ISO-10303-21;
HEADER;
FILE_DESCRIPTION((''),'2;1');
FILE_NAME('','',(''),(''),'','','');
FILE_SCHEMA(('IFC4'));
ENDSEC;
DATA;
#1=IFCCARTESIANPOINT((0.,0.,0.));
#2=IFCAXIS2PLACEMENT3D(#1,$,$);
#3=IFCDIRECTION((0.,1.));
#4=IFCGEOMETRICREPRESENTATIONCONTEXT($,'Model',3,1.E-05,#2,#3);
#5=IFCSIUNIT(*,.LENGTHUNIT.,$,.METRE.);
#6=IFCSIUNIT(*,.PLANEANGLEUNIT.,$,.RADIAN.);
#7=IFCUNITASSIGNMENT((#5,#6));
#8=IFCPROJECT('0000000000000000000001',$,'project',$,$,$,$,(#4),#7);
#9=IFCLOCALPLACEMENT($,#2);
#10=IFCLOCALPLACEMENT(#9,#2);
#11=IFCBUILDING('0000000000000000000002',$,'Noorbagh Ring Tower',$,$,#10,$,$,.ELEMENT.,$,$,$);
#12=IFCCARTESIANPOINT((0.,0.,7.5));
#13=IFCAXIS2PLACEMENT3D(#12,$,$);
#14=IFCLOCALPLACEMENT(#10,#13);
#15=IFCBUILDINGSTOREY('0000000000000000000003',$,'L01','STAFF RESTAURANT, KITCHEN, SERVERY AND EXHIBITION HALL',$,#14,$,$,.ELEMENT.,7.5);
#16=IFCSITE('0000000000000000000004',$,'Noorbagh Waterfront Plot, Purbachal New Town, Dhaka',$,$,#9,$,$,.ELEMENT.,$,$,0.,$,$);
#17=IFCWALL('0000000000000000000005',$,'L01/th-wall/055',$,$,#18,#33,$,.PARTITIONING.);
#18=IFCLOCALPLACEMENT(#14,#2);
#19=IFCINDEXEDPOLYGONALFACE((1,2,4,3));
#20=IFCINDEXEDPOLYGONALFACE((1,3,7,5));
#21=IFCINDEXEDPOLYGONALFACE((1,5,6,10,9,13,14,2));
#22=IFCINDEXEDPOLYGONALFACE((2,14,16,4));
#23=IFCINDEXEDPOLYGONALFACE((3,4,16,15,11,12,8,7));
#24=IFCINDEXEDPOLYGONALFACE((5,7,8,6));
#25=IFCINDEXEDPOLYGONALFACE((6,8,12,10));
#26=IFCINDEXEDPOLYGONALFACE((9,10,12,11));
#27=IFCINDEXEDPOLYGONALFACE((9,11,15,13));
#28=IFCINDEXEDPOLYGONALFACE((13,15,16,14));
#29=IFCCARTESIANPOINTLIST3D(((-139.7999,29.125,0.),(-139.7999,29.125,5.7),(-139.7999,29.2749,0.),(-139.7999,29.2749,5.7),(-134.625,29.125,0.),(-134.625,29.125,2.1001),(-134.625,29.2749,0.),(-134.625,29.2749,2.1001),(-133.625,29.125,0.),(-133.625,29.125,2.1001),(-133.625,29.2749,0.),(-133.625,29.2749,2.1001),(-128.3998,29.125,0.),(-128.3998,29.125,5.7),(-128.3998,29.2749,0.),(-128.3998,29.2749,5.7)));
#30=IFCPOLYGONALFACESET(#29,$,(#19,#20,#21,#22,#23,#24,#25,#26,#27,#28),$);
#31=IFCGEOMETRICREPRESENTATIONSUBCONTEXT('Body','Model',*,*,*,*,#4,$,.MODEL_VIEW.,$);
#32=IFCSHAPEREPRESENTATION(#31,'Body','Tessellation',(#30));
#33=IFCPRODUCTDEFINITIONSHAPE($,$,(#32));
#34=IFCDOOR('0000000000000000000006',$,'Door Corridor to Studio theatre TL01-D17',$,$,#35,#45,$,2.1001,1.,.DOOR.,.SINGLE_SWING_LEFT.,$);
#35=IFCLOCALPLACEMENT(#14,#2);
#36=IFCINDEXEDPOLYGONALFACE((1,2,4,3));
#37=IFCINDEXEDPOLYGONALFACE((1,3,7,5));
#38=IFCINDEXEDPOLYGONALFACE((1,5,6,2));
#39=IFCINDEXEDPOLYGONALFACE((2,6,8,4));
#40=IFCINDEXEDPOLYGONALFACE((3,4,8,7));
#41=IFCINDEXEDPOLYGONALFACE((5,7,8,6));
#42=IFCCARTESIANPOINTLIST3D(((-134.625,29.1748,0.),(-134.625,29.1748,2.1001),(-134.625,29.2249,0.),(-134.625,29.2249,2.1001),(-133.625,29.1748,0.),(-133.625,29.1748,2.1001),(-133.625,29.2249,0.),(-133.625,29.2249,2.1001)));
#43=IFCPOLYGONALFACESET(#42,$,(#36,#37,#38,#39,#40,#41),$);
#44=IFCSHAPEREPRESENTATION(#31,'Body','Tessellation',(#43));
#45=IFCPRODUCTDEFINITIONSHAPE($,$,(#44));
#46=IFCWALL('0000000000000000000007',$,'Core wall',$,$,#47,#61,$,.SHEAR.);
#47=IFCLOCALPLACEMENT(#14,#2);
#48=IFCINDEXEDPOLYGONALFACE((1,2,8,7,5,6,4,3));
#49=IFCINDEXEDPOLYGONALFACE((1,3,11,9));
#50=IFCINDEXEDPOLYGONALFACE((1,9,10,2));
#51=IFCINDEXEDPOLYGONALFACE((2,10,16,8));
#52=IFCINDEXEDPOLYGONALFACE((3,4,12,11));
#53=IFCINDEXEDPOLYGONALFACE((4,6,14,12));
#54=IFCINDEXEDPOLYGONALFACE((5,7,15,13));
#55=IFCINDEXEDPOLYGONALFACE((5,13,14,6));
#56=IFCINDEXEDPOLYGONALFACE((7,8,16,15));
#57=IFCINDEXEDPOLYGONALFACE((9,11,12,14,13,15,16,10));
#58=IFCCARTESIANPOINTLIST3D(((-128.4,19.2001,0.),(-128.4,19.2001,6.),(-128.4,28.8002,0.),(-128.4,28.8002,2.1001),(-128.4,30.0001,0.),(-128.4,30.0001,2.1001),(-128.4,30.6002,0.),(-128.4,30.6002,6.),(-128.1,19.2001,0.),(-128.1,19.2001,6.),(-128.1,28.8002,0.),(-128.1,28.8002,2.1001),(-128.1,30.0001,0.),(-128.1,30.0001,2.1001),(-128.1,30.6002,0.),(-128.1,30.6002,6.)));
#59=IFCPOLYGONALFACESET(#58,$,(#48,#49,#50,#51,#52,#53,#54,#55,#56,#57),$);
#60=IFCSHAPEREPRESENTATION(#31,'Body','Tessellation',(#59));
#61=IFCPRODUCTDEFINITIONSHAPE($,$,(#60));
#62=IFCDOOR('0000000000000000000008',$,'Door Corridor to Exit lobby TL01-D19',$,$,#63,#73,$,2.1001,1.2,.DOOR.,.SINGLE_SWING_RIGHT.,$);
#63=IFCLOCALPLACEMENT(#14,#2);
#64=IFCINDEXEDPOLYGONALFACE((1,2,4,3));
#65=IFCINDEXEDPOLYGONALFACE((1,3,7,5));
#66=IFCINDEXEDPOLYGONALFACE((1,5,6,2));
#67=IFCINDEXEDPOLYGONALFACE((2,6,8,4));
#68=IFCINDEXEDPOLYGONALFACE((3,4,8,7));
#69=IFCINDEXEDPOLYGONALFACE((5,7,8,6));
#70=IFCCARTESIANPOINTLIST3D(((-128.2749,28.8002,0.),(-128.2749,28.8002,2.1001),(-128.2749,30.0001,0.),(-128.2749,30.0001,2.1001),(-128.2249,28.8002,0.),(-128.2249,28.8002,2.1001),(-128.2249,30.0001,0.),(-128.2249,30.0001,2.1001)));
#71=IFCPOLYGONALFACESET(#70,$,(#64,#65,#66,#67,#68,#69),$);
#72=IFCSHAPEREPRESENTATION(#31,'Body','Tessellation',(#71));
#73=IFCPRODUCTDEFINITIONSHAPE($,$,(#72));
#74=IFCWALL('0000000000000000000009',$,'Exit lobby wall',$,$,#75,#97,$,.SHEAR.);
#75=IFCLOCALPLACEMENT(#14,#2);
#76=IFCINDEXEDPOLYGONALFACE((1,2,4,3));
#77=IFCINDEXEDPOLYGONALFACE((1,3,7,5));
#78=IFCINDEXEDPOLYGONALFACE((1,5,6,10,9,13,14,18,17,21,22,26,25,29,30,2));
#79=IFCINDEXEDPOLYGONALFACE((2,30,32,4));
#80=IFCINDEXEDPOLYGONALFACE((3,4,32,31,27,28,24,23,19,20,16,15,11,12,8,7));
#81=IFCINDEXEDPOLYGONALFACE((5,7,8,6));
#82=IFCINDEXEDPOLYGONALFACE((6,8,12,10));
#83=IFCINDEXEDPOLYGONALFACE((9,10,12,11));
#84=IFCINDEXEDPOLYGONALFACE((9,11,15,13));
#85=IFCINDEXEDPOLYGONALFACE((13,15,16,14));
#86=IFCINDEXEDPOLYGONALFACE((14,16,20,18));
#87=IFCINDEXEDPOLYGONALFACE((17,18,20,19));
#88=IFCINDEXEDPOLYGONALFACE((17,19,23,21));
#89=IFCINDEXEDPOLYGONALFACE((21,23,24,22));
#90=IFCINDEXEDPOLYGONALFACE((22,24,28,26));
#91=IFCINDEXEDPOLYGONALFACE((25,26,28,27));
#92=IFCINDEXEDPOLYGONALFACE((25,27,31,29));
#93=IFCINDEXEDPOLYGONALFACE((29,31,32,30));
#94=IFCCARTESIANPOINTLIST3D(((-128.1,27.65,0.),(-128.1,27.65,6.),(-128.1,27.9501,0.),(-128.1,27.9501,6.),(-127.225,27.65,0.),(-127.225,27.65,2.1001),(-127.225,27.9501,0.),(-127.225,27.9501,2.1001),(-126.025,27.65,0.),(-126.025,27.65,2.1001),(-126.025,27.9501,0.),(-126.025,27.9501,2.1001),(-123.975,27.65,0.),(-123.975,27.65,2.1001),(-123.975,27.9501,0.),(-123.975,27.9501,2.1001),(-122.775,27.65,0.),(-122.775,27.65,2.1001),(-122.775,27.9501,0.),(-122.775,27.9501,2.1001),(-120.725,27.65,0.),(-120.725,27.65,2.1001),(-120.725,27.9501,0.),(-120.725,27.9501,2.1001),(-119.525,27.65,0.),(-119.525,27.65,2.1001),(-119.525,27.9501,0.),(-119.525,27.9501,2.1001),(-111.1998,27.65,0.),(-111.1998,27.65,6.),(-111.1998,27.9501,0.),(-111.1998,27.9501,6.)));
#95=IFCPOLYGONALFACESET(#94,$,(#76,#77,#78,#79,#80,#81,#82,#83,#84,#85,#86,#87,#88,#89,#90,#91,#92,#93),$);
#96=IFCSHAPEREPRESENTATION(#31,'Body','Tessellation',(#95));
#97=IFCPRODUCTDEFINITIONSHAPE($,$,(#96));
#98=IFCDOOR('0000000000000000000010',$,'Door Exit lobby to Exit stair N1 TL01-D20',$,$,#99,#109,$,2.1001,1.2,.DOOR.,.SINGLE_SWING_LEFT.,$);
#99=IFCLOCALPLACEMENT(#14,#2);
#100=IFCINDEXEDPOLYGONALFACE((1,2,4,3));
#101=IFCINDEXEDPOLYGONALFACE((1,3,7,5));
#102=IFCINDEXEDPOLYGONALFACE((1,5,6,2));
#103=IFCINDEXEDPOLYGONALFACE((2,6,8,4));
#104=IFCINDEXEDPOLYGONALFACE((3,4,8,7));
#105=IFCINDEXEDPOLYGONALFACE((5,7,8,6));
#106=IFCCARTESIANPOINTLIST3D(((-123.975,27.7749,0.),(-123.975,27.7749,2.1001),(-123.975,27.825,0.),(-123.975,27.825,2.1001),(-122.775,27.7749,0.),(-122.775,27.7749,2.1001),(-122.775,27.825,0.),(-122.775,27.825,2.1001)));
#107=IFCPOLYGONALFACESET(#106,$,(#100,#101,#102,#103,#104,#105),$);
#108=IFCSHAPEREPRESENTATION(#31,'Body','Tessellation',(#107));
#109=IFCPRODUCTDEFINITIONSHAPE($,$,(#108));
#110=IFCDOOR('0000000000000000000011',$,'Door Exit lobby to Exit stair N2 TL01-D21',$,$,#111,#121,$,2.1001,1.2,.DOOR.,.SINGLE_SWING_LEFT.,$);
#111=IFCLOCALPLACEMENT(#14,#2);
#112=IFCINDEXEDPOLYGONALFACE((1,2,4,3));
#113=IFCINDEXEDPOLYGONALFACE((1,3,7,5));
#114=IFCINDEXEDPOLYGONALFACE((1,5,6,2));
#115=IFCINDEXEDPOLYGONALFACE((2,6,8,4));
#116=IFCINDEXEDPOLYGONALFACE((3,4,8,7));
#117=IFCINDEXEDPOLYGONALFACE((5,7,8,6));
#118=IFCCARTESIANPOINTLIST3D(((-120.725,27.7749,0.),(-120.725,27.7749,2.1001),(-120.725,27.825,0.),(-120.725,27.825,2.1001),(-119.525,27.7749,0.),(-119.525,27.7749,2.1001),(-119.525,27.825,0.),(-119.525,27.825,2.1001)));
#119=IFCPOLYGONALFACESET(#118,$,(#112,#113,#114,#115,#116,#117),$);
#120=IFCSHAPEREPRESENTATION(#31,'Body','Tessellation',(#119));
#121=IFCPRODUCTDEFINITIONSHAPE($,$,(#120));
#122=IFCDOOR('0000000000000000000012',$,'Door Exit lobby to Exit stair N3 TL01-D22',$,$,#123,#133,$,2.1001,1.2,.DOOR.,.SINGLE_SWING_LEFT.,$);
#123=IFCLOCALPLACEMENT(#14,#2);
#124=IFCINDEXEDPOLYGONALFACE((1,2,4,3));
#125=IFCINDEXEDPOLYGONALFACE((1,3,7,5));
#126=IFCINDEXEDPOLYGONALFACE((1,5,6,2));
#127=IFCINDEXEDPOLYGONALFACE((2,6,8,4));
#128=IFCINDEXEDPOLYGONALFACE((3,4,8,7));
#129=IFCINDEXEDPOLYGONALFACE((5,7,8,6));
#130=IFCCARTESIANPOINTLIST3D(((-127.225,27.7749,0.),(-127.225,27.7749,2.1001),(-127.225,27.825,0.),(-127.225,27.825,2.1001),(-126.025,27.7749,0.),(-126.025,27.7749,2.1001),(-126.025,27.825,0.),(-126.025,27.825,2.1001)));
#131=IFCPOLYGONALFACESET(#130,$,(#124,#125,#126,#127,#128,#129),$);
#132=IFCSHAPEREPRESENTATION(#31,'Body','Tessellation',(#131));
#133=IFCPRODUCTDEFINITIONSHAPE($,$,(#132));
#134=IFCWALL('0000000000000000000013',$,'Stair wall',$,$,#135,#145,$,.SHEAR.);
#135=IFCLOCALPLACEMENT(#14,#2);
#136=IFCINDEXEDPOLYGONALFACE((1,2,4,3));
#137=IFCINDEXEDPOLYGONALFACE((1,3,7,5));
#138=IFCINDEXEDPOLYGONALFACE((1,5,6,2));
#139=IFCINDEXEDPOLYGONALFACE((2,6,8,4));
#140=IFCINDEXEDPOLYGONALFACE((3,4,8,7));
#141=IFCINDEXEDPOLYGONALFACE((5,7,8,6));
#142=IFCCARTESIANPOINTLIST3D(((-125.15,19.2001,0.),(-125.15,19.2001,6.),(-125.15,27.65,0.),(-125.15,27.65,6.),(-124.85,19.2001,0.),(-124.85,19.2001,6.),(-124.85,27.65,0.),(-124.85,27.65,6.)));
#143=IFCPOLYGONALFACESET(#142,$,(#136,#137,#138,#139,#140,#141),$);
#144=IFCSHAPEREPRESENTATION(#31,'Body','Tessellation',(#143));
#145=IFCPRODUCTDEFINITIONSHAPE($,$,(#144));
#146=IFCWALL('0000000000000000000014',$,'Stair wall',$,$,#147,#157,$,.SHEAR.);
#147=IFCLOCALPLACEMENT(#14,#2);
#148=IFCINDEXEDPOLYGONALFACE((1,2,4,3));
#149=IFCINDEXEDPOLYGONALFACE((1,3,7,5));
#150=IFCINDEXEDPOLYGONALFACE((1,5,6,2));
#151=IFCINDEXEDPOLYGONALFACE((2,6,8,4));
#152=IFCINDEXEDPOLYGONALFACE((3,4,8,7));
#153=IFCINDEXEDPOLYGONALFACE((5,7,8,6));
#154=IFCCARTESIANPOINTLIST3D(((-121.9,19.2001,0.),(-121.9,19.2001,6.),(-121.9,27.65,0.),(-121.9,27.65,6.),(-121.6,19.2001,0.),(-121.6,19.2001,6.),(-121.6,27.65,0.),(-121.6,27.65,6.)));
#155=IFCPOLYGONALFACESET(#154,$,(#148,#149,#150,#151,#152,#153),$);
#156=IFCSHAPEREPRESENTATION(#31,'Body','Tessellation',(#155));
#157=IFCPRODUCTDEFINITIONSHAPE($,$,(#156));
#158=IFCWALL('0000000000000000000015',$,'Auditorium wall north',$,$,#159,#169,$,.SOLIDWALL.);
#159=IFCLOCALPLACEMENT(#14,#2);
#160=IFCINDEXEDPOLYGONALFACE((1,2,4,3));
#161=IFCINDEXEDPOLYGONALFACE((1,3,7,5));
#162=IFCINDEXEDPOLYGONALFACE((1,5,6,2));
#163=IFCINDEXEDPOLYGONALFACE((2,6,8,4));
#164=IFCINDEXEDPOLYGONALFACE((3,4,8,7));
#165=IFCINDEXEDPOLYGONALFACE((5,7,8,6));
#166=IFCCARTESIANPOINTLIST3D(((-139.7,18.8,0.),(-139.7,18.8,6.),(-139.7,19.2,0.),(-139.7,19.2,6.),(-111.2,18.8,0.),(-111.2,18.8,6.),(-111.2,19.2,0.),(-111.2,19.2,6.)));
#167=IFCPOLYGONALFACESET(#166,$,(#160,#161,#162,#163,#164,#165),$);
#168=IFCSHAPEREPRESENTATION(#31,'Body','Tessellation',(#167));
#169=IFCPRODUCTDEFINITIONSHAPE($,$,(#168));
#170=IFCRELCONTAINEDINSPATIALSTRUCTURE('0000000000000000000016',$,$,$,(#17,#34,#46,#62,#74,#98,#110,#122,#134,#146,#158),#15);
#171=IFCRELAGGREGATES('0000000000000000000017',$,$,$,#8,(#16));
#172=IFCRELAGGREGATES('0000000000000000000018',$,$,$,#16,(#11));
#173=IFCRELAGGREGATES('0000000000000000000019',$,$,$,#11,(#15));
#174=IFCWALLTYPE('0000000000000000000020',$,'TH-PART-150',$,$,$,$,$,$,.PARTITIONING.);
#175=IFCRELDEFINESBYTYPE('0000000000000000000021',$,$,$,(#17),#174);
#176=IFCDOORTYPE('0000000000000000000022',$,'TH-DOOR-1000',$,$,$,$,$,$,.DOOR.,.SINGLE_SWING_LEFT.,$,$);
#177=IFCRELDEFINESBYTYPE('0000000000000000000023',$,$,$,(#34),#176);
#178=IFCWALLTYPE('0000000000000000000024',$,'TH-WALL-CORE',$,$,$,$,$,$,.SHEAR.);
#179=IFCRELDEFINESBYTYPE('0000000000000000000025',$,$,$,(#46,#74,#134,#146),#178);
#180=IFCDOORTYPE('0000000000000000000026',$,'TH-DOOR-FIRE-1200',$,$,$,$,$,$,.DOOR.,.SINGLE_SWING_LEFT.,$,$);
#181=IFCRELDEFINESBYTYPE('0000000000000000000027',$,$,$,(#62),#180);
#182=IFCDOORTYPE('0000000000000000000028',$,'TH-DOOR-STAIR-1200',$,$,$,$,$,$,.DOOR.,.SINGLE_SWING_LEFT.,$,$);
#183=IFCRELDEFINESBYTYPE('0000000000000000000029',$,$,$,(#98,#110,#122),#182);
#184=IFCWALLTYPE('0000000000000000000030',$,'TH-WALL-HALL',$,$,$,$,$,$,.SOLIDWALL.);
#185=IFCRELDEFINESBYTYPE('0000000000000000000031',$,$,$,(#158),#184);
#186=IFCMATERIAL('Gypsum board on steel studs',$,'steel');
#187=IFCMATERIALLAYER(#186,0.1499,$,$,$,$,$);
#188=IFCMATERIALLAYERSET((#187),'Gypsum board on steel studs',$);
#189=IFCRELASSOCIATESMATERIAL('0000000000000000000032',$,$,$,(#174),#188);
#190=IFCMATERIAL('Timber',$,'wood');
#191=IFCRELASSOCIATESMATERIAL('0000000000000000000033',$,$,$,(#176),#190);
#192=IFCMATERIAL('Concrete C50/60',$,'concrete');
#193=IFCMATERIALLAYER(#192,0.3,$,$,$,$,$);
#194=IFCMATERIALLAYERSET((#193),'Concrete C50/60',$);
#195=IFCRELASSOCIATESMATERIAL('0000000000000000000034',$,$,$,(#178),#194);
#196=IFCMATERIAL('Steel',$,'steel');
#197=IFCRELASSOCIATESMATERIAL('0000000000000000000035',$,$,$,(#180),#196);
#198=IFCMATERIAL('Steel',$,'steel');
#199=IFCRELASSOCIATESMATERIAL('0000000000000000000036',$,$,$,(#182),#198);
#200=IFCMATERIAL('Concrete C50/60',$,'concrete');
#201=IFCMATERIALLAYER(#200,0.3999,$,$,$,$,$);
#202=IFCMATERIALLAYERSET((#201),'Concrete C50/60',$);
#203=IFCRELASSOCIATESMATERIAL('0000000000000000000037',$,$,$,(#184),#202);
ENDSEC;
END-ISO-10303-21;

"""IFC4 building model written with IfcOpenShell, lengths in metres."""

from ifc_helpers import new_model, si_unit, direction, frame, frame_2d, origin, place, context, subcontext, project, spatial, rectangle, extrude, material, layer, layer_set, type_object, element, fill, save


model = new_model("IFC4")

# Units and contexts
model_context = context("Model", 3, precision=1e-05, world=origin(), true_north=direction((0.0, 1.0)))
body_context = subcontext(model_context, "Body", "Model", "MODEL_VIEW")
ifc_project = project(units=[si_unit("LENGTHUNIT", "METRE"), si_unit("PLANEANGLEUNIT", "RADIAN")], contexts=[model_context])

# Site, building, storey
site_placement = place(None, origin())
site = spatial("IfcSite", under=ifc_project, at=site_placement, Name="Noorbagh Waterfront Plot, Purbachal New Town, Dhaka", CompositionType="ELEMENT", RefElevation=0.0)
building_placement = place(site_placement, origin())
building = spatial("IfcBuilding", under=site, at=building_placement, Name="Noorbagh Ring Tower", CompositionType="ELEMENT")
storey_placement = place(building_placement, frame((0.0, 0.0, 7.5)))
storey = spatial("IfcBuildingStorey", under=building, at=storey_placement, Name="L01", Description="STAFF RESTAURANT, KITCHEN, SERVERY AND EXHIBITION HALL", CompositionType="ELEMENT", Elevation=7.5)

# Walls, openings, doors
ifc_material_1 = material(Name="Gypsum board on steel studs", Category="steel")
ifc_layer_1 = layer(ifc_material_1, 0.1499)
ifc_layer_set_1 = layer_set([ifc_layer_1], Name="Gypsum board on steel studs")
wall_type_1 = type_object("IfcWallType", Name="TH-PART-150", PredefinedType="PARTITIONING", material=ifc_layer_set_1)
wall_1_placement = place(storey_placement, frame((-139.8, 29.2, 0.0), z_axis=(0.0, 0.0, 1.0), x_axis=(1.0, 0.0, 0.0)))
wall_1 = element("IfcWall", 1, at=wall_1_placement, inside=storey, type_object=wall_type_1, Name="L01/th-wall/055", PredefinedType="PARTITIONING", context=body_context, shape_type="SweptSolid", body=[
    extrude(rectangle(XDim=11.4001, YDim=0.1499, at=frame_2d((5.7002, 0.0))), origin(), (0.0, 0.0, 1.0), 5.7),
])
opening_1_placement = place(wall_1_placement, frame((5.175, 0.0, 0.0)))
opening_1 = element("IfcOpeningElement", 2, at=opening_1_placement, cuts=wall_1, PredefinedType="OPENING", context=body_context, shape_type="SweptSolid", body=[
    extrude(rectangle(XDim=1.0, YDim=2.1001, at=frame_2d((0.5, 1.05))), frame((0.0, 0.085, 0.0), z_axis=(0.0, -1.0, 0.0), x_axis=(1.0, 0.0, 0.0)), (0.0, 0.0, 1.0), 0.1699),
])
ifc_material_2 = material(Name="Timber", Category="wood")
door_type_1 = type_object("IfcDoorType", Name="TH-DOOR-1000", OperationType="SINGLE_SWING_LEFT", PredefinedType="DOOR", material=ifc_material_2)
door_1_placement = place(opening_1_placement, origin())
door_1 = element("IfcDoor", 3, at=door_1_placement, inside=storey, type_object=door_type_1, Name="Door Corridor to Studio theatre TL01-D17", OperationType="SINGLE_SWING_LEFT", OverallHeight=2.1001, OverallWidth=1.0, PredefinedType="DOOR", context=body_context, shape_type="SweptSolid", body=[
    extrude(rectangle(XDim=1.0, YDim=2.1001, at=frame_2d((0.5, 1.05))), frame((0.0, 0.0249, 0.0), z_axis=(0.0, -1.0, 0.0), x_axis=(1.0, 0.0, 0.0)), (0.0, 0.0, 1.0), 0.05),
])
fill(opening_1, door_1)
ifc_material_3 = material(Name="Concrete C50/60", Category="concrete")
ifc_layer_2 = layer(ifc_material_3, 0.3)
ifc_layer_set_2 = layer_set([ifc_layer_2], Name="Concrete C50/60")
wall_type_2 = type_object("IfcWallType", Name="TH-WALL-CORE", PredefinedType="SHEAR", material=ifc_layer_set_2)
wall_2_placement = place(storey_placement, frame((-128.25, 19.2, 0.0), z_axis=(0.0, 0.0, 1.0), x_axis=(0.0, 1.0, 0.0)))
wall_2 = element("IfcWall", 4, at=wall_2_placement, inside=storey, type_object=wall_type_2, Name="Core wall", PredefinedType="SHEAR", context=body_context, shape_type="SweptSolid", body=[
    extrude(rectangle(XDim=11.4001, YDim=0.3, at=frame_2d((5.7002, 0.0))), origin(), (0.0, 0.0, 1.0), 6.0),
])
opening_2_placement = place(wall_2_placement, frame((9.6001, 0.0, 0.0)))
opening_2 = element("IfcOpeningElement", 5, at=opening_2_placement, cuts=wall_2, PredefinedType="OPENING", context=body_context, shape_type="SweptSolid", body=[
    extrude(rectangle(XDim=1.2, YDim=2.1001, at=frame_2d((0.6001, 1.05))), frame((0.0, 0.1602, 0.0), z_axis=(0.0, -1.0, 0.0), x_axis=(1.0, 0.0, 0.0)), (0.0, 0.0, 1.0), 0.3201),
])
ifc_material_4 = material(Name="Steel", Category="steel")
door_type_2 = type_object("IfcDoorType", Name="TH-DOOR-FIRE-1200", OperationType="SINGLE_SWING_LEFT", PredefinedType="DOOR", material=ifc_material_4)
door_2_placement = place(opening_2_placement, origin())
door_2 = element("IfcDoor", 6, at=door_2_placement, inside=storey, type_object=door_type_2, Name="Door Corridor to Exit lobby TL01-D19", OperationType="SINGLE_SWING_RIGHT", OverallHeight=2.1001, OverallWidth=1.2, PredefinedType="DOOR", context=body_context, shape_type="SweptSolid", body=[
    extrude(rectangle(XDim=1.2, YDim=2.1001, at=frame_2d((0.6001, 1.05))), frame((0.0, 0.0249, 0.0), z_axis=(0.0, -1.0, 0.0), x_axis=(1.0, 0.0, 0.0)), (0.0, 0.0, 1.0), 0.05),
])
fill(opening_2, door_2)

# Wall, openings, doors
wall_3_placement = place(storey_placement, frame((-128.1001, 27.8, 0.0), z_axis=(0.0, 0.0, 1.0), x_axis=(1.0, 0.0, 0.0)))
wall_3 = element("IfcWall", 7, at=wall_3_placement, inside=storey, type_object=wall_type_2, Name="Exit lobby wall", PredefinedType="SHEAR", context=body_context, shape_type="SweptSolid", body=[
    extrude(rectangle(XDim=16.9001, YDim=0.3, at=frame_2d((8.4502, 0.0))), origin(), (0.0, 0.0, 1.0), 6.0),
])
opening_3_placement = place(wall_3_placement, frame((4.125, 0.0, 0.0)))
opening_3 = element("IfcOpeningElement", 8, at=opening_3_placement, cuts=wall_3, PredefinedType="OPENING", context=body_context, shape_type="SweptSolid", body=[
    extrude(rectangle(XDim=1.2, YDim=2.1001, at=frame_2d((0.6001, 1.05))), frame((0.0, 0.1602, 0.0), z_axis=(0.0, -1.0, 0.0), x_axis=(1.0, 0.0, 0.0)), (0.0, 0.0, 1.0), 0.3201),
])
opening_4_placement = place(wall_3_placement, frame((7.375, 0.0, 0.0)))
opening_4 = element("IfcOpeningElement", 9, at=opening_4_placement, cuts=wall_3, PredefinedType="OPENING", context=body_context, shape_type="SweptSolid", body=[
    extrude(rectangle(XDim=1.2, YDim=2.1001, at=frame_2d((0.6001, 1.05))), frame((0.0, 0.1602, 0.0), z_axis=(0.0, -1.0, 0.0), x_axis=(1.0, 0.0, 0.0)), (0.0, 0.0, 1.0), 0.3201),
])
opening_5_placement = place(wall_3_placement, frame((0.875, 0.0, 0.0)))
opening_5 = element("IfcOpeningElement", 10, at=opening_5_placement, cuts=wall_3, PredefinedType="OPENING", context=body_context, shape_type="SweptSolid", body=[
    extrude(rectangle(XDim=1.2, YDim=2.1001, at=frame_2d((0.6001, 1.05))), frame((0.0, 0.1602, 0.0), z_axis=(0.0, -1.0, 0.0), x_axis=(1.0, 0.0, 0.0)), (0.0, 0.0, 1.0), 0.3201),
])
ifc_material_5 = material(Name="Steel", Category="steel")
door_type_3 = type_object("IfcDoorType", Name="TH-DOOR-STAIR-1200", OperationType="SINGLE_SWING_LEFT", PredefinedType="DOOR", material=ifc_material_5)
door_3_placement = place(opening_3_placement, origin())
door_3 = element("IfcDoor", 11, at=door_3_placement, inside=storey, type_object=door_type_3, Name="Door Exit lobby to Exit stair N1 TL01-D20", OperationType="SINGLE_SWING_LEFT", OverallHeight=2.1001, OverallWidth=1.2, PredefinedType="DOOR", context=body_context, shape_type="SweptSolid", body=[
    extrude(rectangle(XDim=1.2, YDim=2.1001, at=frame_2d((0.6001, 1.05))), frame((0.0, 0.0249, 0.0), z_axis=(0.0, -1.0, 0.0), x_axis=(1.0, 0.0, 0.0)), (0.0, 0.0, 1.0), 0.05),
])
fill(opening_3, door_3)
door_4_placement = place(opening_4_placement, origin())
door_4 = element("IfcDoor", 12, at=door_4_placement, inside=storey, type_object=door_type_3, Name="Door Exit lobby to Exit stair N2 TL01-D21", OperationType="SINGLE_SWING_LEFT", OverallHeight=2.1001, OverallWidth=1.2, PredefinedType="DOOR", context=body_context, shape_type="SweptSolid", body=[
    extrude(rectangle(XDim=1.2, YDim=2.1001, at=frame_2d((0.6001, 1.05))), frame((0.0, 0.0249, 0.0), z_axis=(0.0, -1.0, 0.0), x_axis=(1.0, 0.0, 0.0)), (0.0, 0.0, 1.0), 0.05),
])
fill(opening_4, door_4)
door_5_placement = place(opening_5_placement, origin())
door_5 = element("IfcDoor", 13, at=door_5_placement, inside=storey, type_object=door_type_3, Name="Door Exit lobby to Exit stair N3 TL01-D22", OperationType="SINGLE_SWING_LEFT", OverallHeight=2.1001, OverallWidth=1.2, PredefinedType="DOOR", context=body_context, shape_type="SweptSolid", body=[
    extrude(rectangle(XDim=1.2, YDim=2.1001, at=frame_2d((0.6001, 1.05))), frame((0.0, 0.0249, 0.0), z_axis=(0.0, -1.0, 0.0), x_axis=(1.0, 0.0, 0.0)), (0.0, 0.0, 1.0), 0.05),
])
fill(opening_5, door_5)

# Walls
for number, where, z_axis, x_axis, name in (
    (14, (-125.0, 19.2, 0.0), (0.0, 0.0, 1.0), (0.0, 1.0, 0.0), "Stair wall"),
    (15, (-121.75, 19.2, 0.0), (0.0, 0.0, 1.0), (0.0, 1.0, 0.0), "Stair wall"),
):
    element("IfcWall", number, at=place(storey_placement, frame(where, z_axis=z_axis, x_axis=x_axis)), inside=storey, type_object=wall_type_2, Name=name, PredefinedType="SHEAR", context=body_context, shape_type="SweptSolid", body=[
        extrude(rectangle(XDim=8.45, YDim=0.3, at=frame_2d((4.2251, 0.0))), origin(), (0.0, 0.0, 1.0), 6.0),
    ])
ifc_material_6 = material(Name="Concrete C50/60", Category="concrete")
ifc_layer_3 = layer(ifc_material_6, 0.3999)
ifc_layer_set_3 = layer_set([ifc_layer_3], Name="Concrete C50/60")
wall_type_3 = type_object("IfcWallType", Name="TH-WALL-HALL", PredefinedType="SOLIDWALL", material=ifc_layer_set_3)
wall_4_placement = place(storey_placement, frame((-139.7, 19.0, 0.0), z_axis=(0.0, 0.0, 1.0), x_axis=(1.0, 0.0, 0.0)))
element("IfcWall", 16, at=wall_4_placement, inside=storey, type_object=wall_type_3, Name="Auditorium wall north", PredefinedType="SOLIDWALL", context=body_context, shape_type="SweptSolid", body=[
    extrude(rectangle(XDim=28.5, YDim=0.3999, at=frame_2d((14.25, 0.0))), origin(), (0.0, 0.0, 1.0), 6.0),
])

save(model, "model.ifc")
